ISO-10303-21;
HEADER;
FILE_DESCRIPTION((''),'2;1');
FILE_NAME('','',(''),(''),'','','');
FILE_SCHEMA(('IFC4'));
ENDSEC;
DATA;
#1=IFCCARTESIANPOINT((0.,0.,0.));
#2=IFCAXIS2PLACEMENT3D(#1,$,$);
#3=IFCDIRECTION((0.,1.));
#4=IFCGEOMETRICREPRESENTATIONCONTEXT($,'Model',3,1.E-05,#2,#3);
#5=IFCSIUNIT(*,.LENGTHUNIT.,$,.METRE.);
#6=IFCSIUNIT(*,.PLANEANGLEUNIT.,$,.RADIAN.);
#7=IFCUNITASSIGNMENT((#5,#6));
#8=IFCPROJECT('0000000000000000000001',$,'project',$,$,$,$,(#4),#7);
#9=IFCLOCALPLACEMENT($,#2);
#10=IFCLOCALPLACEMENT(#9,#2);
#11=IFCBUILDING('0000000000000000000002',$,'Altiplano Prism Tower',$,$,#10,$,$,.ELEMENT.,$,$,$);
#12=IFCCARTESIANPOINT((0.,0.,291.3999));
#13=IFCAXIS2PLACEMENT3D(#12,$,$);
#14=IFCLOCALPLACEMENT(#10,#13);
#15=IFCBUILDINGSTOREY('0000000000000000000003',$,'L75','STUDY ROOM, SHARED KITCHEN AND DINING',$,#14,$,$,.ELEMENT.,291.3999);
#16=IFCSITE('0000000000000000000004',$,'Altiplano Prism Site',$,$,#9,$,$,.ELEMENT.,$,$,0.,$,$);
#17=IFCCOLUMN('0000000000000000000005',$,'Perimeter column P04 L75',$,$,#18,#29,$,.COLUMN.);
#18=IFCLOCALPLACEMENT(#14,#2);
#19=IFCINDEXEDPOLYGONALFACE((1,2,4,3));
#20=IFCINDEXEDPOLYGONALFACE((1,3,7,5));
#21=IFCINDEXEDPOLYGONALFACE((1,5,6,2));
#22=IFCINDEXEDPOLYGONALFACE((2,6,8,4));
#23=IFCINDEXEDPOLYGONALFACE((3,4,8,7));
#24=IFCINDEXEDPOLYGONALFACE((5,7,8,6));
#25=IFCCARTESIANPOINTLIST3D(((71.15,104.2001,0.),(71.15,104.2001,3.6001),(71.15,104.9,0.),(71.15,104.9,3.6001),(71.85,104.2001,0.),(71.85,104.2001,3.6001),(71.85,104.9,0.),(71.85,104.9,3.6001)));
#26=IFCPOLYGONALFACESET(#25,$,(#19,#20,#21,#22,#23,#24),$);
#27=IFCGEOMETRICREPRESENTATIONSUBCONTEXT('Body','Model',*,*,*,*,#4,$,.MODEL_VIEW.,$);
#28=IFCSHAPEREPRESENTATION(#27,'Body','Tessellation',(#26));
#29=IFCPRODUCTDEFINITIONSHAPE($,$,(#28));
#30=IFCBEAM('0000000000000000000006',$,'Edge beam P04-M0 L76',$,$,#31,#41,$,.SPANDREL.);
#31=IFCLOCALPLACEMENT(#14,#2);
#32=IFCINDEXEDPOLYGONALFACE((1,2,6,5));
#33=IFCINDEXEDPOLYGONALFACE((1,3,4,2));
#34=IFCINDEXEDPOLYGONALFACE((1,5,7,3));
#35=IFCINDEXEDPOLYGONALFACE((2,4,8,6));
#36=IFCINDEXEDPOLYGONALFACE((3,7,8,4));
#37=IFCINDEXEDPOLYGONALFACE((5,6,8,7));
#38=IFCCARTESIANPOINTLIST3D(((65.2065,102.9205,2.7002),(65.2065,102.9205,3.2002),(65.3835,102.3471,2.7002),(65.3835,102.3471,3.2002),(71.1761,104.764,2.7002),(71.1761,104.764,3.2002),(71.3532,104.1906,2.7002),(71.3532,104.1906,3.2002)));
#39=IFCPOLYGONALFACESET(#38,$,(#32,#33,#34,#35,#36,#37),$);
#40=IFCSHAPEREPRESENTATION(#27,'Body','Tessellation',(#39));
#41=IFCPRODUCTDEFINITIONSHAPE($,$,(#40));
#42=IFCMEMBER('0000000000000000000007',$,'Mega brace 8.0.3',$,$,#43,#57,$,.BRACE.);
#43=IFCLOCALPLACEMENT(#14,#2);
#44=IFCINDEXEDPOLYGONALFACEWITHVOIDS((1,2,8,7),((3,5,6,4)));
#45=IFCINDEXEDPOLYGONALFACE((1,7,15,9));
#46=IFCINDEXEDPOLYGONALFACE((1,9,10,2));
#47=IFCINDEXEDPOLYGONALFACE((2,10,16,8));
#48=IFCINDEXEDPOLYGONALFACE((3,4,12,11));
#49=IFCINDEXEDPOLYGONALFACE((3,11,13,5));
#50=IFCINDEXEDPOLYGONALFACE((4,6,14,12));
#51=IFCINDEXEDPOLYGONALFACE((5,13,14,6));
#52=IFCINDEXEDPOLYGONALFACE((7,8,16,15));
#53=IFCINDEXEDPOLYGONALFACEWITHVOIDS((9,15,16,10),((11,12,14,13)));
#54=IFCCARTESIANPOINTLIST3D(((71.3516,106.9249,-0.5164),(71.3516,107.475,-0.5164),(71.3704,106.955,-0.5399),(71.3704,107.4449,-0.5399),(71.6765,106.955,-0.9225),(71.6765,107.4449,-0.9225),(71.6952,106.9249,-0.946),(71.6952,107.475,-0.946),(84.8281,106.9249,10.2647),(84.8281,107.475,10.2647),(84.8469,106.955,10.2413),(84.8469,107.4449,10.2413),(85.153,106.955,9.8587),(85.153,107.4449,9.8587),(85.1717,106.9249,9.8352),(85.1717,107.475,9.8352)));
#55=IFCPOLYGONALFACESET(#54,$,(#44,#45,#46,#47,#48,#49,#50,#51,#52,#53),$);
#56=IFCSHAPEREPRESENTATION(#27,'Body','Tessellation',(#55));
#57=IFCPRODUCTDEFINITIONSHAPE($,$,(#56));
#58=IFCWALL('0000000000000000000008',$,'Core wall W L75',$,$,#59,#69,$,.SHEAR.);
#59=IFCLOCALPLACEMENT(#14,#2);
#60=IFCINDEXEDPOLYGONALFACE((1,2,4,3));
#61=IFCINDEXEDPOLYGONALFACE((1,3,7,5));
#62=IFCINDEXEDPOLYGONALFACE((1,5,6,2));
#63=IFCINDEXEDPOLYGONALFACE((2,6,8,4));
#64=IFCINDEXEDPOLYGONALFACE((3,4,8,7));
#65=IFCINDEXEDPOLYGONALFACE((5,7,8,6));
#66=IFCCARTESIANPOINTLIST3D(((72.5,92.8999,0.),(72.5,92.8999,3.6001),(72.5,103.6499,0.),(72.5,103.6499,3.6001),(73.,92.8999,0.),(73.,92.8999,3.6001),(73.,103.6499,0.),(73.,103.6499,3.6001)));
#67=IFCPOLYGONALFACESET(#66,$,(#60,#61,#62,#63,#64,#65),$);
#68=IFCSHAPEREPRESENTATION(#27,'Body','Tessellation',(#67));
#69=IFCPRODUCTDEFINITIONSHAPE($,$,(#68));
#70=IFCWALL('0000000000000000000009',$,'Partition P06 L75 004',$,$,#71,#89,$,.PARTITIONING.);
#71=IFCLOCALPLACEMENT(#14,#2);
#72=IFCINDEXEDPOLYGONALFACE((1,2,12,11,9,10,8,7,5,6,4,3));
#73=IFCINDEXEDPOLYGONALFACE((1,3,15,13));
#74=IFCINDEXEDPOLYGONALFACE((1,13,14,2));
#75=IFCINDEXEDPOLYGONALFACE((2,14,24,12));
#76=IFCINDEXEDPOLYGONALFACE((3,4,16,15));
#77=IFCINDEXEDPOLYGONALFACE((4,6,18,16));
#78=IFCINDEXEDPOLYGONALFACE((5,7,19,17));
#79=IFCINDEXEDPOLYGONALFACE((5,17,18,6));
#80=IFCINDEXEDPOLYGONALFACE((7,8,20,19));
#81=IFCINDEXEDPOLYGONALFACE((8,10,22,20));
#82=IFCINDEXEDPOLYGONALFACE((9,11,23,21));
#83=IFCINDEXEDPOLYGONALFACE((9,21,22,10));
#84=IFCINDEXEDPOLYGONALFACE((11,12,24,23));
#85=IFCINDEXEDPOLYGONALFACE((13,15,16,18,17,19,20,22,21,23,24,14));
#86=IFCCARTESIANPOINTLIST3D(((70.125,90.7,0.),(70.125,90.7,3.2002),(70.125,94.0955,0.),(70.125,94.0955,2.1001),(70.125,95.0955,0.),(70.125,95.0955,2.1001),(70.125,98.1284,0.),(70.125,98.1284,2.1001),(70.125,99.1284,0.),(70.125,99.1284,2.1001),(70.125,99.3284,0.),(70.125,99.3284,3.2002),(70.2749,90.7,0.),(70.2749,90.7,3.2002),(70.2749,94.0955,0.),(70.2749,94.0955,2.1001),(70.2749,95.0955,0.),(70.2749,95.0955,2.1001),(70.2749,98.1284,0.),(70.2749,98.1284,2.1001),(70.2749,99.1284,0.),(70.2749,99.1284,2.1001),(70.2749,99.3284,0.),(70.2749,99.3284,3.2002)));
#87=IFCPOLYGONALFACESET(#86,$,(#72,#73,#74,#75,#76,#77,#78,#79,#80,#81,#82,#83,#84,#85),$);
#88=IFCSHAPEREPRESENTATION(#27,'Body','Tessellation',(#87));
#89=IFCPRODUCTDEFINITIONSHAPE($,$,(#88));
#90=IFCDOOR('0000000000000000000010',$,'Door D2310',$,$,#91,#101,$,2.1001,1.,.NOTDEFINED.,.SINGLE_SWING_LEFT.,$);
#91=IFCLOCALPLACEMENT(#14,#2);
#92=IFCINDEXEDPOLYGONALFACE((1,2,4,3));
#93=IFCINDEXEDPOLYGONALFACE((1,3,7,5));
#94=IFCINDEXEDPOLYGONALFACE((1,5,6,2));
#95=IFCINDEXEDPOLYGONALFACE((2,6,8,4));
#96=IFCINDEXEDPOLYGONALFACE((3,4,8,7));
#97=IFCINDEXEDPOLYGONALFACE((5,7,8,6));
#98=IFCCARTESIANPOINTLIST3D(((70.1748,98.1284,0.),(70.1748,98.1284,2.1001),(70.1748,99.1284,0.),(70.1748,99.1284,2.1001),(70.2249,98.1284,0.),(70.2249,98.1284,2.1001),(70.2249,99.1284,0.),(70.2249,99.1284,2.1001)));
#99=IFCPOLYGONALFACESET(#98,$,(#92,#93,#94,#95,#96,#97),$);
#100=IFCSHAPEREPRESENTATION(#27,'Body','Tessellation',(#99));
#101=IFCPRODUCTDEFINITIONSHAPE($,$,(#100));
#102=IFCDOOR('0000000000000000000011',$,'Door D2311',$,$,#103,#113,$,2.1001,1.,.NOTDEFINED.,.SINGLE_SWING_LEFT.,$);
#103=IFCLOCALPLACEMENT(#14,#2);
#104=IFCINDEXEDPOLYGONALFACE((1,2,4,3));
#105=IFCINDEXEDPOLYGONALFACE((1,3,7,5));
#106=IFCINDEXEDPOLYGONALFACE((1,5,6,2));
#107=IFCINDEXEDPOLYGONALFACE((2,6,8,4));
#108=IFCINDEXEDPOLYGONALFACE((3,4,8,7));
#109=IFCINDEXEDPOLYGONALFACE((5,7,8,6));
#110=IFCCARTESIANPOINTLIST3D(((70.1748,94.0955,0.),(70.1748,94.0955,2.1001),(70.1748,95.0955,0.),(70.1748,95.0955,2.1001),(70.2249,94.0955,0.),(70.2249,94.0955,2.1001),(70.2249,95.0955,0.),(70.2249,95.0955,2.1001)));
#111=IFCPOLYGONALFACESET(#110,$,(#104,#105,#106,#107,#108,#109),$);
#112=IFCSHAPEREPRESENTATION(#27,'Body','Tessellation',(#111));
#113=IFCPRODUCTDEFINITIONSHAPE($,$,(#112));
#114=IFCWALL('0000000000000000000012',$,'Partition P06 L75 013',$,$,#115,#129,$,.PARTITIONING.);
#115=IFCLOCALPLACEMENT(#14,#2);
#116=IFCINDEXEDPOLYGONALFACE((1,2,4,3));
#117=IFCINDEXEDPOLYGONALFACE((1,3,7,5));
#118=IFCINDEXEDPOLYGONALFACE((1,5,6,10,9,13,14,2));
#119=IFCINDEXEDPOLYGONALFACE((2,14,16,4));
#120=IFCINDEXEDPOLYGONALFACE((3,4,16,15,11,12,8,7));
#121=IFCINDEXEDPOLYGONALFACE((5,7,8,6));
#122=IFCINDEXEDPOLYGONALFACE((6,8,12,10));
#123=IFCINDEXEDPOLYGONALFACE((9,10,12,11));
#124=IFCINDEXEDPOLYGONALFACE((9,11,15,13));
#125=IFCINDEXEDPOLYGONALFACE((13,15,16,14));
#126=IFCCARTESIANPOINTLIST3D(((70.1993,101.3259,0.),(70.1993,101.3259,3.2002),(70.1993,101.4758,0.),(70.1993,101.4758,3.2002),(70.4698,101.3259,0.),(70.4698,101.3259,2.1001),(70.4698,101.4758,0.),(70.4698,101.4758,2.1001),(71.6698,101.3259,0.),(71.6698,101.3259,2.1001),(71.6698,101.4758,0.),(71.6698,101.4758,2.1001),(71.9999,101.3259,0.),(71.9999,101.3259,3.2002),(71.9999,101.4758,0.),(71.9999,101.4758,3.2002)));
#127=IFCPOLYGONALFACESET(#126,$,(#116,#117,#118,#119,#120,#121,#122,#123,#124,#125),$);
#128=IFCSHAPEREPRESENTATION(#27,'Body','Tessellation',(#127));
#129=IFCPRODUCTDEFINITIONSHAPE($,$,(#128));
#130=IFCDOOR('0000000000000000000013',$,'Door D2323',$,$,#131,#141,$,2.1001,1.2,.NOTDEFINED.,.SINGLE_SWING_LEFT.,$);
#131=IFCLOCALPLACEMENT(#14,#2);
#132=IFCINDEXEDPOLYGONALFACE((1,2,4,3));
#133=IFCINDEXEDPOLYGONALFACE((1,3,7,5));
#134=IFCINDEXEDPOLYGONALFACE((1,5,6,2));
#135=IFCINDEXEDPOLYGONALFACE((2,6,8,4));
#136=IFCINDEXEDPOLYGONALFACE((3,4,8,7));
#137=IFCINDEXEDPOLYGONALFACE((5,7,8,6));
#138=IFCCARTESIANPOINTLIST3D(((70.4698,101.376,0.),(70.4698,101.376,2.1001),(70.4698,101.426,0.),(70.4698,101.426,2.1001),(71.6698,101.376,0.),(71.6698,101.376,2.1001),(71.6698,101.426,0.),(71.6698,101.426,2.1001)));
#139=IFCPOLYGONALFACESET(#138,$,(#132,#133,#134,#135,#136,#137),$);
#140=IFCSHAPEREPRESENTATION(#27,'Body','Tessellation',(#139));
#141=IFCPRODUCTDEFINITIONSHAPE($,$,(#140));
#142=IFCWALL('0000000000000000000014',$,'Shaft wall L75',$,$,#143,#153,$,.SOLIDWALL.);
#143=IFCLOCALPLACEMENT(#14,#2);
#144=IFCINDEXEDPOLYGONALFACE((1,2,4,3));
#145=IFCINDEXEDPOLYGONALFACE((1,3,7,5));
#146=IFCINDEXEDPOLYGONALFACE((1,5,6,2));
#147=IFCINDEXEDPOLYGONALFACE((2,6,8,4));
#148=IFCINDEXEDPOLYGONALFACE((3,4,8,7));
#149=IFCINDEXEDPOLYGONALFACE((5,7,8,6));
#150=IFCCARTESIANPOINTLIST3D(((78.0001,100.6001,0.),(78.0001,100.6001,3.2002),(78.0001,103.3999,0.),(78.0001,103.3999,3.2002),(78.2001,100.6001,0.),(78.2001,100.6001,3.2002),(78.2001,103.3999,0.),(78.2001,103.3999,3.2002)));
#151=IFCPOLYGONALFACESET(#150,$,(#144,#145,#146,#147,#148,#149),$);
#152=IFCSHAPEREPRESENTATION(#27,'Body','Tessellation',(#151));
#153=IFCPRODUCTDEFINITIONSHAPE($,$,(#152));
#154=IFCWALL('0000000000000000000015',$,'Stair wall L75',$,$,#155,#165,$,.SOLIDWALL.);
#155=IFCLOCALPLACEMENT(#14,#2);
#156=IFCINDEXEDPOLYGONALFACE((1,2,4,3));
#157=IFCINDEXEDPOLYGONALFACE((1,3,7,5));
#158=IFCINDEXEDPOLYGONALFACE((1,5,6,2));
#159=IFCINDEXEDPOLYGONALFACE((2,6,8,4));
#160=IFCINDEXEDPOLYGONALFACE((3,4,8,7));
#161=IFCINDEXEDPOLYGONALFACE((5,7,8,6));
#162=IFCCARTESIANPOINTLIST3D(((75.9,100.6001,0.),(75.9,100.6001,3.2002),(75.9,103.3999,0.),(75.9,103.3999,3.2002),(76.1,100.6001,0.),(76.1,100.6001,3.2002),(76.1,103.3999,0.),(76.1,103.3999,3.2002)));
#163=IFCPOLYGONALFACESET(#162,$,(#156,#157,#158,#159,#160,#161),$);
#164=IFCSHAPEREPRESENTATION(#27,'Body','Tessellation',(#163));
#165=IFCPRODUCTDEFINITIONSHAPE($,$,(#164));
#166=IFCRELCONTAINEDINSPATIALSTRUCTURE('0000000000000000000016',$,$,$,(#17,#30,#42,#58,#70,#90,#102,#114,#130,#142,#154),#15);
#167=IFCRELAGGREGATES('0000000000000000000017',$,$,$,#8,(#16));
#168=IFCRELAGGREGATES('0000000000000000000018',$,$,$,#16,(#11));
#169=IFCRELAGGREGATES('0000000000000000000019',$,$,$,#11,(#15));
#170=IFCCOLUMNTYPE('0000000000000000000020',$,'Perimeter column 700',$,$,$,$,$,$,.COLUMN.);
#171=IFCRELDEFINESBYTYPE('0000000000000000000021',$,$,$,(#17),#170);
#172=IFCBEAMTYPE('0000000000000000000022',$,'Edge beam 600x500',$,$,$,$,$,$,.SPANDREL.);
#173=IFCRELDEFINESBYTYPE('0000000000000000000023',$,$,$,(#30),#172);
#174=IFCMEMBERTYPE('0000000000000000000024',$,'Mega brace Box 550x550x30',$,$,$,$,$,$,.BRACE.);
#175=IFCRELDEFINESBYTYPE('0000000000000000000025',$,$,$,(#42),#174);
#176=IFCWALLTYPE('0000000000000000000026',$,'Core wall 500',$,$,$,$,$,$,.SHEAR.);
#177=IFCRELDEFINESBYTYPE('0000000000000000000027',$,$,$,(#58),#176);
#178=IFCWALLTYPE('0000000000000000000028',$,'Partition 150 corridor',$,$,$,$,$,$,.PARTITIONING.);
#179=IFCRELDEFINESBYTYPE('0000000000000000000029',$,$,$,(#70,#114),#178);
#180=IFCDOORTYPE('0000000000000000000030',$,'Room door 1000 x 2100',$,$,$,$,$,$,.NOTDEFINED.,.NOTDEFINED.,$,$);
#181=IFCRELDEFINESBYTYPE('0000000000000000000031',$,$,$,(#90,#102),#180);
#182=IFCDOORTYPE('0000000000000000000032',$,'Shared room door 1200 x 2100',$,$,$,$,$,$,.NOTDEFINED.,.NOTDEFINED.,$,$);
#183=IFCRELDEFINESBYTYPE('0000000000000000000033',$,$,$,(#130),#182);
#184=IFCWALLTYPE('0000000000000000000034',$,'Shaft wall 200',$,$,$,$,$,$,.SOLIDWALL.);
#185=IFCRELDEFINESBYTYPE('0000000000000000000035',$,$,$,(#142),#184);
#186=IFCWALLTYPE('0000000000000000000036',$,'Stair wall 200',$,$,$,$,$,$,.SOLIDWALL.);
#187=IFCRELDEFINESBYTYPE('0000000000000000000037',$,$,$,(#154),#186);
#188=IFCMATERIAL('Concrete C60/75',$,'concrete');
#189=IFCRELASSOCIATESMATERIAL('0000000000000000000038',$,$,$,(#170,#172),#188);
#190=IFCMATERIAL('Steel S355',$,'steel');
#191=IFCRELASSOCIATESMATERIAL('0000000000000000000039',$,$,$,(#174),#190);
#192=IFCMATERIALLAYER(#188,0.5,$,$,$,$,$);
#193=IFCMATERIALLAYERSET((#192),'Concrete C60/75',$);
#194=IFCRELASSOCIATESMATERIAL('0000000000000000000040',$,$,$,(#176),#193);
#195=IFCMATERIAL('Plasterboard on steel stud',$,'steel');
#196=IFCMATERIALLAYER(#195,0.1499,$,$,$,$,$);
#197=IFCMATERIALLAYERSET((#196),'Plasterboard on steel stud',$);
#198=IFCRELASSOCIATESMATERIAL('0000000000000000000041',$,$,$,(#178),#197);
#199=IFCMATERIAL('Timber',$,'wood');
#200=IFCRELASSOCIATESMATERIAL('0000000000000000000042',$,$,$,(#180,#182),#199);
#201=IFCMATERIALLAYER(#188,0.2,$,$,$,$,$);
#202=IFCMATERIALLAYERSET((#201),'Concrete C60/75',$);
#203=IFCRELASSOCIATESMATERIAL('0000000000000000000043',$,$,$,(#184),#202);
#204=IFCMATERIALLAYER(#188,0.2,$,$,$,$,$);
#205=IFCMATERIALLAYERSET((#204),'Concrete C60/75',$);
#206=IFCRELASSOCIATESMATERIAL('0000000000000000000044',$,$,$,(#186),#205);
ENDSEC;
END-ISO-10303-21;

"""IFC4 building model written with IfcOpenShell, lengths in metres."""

from ifc_helpers import new_model, si_unit, direction, frame, frame_2d, origin, origin_2d, place, context, subcontext, project, spatial, rectangle, hollow_rectangle, extrude, material, layer, layer_set, material_profile, profile_set, type_object, element, fill, save


model = new_model("IFC4")

# Units and contexts
model_context = context("Model", 3, precision=1e-05, world=origin(), true_north=direction((0.0, 1.0)))
body_context = subcontext(model_context, "Body", "Model", "MODEL_VIEW")
ifc_project = project(units=[si_unit("LENGTHUNIT", "METRE"), si_unit("PLANEANGLEUNIT", "RADIAN")], contexts=[model_context])

# Site, building, storey
site_placement = place(None, origin())
site = spatial("IfcSite", under=ifc_project, at=site_placement, Name="Altiplano Prism Site", CompositionType="ELEMENT", RefElevation=0.0)
building_placement = place(site_placement, origin())
building = spatial("IfcBuilding", under=site, at=building_placement, Name="Altiplano Prism Tower", CompositionType="ELEMENT")
storey_placement = place(building_placement, frame((0.0, 0.0, 291.3999)))
storey = spatial("IfcBuildingStorey", under=building, at=storey_placement, Name="L75", Description="STUDY ROOM, SHARED KITCHEN AND DINING", CompositionType="ELEMENT", Elevation=291.3999)

# Column
ifc_material_1 = material(Name="Concrete C60/75", Category="concrete")
ifc_material_profile_1 = material_profile(ifc_material_1, rectangle(XDim=0.7, YDim=0.7, at=origin_2d()), Name="Perimeter column 700")
ifc_profile_set_1 = profile_set([ifc_material_profile_1], Name="Concrete C60/75")
column_type = type_object("IfcColumnType", Name="Perimeter column 700", PredefinedType="COLUMN", material=ifc_profile_set_1)
column_placement = place(storey_placement, frame((71.5, 104.55, 0.0), z_axis=(0.0, 0.0, 1.0), x_axis=(1.0, 0.0, 0.0)))
element("IfcColumn", 1, at=column_placement, inside=storey, type_object=column_type, Name="Perimeter column P04 L75", PredefinedType="COLUMN", context=body_context, shape_type="SweptSolid", body=[
    extrude(rectangle(XDim=0.7, YDim=0.7, at=origin_2d()), origin(), (0.0, 0.0, 1.0), 3.6001),
])

# Beam
ifc_material_profile_2 = material_profile(ifc_material_1, rectangle(XDim=0.6001, YDim=0.5, at=origin_2d()), Name="Edge beam 600x500")
ifc_profile_set_2 = profile_set([ifc_material_profile_2], Name="Concrete C60/75")
beam_type = type_object("IfcBeamType", Name="Edge beam 600x500", PredefinedType="SPANDREL", material=ifc_profile_set_2)
beam_placement = place(storey_placement, frame((71.2646, 104.4773, 2.9502), z_axis=(-0.955479, -0.29506, 0.0), x_axis=(0.29506, -0.955479, 0.0)))
element("IfcBeam", 2, at=beam_placement, inside=storey, type_object=beam_type, Name="Edge beam P04-M0 L76", PredefinedType="SPANDREL", context=body_context, shape_type="SweptSolid", body=[
    extrude(rectangle(XDim=0.6001, YDim=0.5, at=origin_2d()), origin(), (0.0, 0.0, 1.0), 6.2478),
])

# Member
ifc_material_2 = material(Name="Steel S355", Category="steel")
ifc_material_profile_3 = material_profile(ifc_material_2, hollow_rectangle(XDim=0.55, YDim=0.55, WallThickness=0.03, at=origin_2d()), Name="Mega brace Box 550x550x30")
ifc_profile_set_3 = profile_set([ifc_material_profile_3], Name="Steel S355")
member_type = type_object("IfcMemberType", Name="Mega brace Box 550x550x30", PredefinedType="BRACE", material=ifc_profile_set_3)
member_placement = place(storey_placement, frame((71.5234, 107.2, -0.7312), z_axis=(0.780869, 0.0, 0.624695), x_axis=(0.0, 1.0, 0.0)))
element("IfcMember", 3, at=member_placement, inside=storey, type_object=member_type, Name="Mega brace 8.0.3", PredefinedType="BRACE", context=body_context, shape_type="SweptSolid", body=[
    extrude(hollow_rectangle(XDim=0.55, YDim=0.55, WallThickness=0.03, at=origin_2d()), origin(), (0.0, 0.0, 1.0), 17.2583),
])

# Wall
ifc_layer_1 = layer(ifc_material_1, 0.5)
ifc_layer_set_1 = layer_set([ifc_layer_1], Name="Concrete C60/75")
wall_type_1 = type_object("IfcWallType", Name="Core wall 500", PredefinedType="SHEAR", material=ifc_layer_set_1)
wall_1_placement = place(storey_placement, frame((72.75, 103.6499, 0.0), z_axis=(0.0, 0.0, 1.0), x_axis=(0.0, -1.0, 0.0)))
element("IfcWall", 4, at=wall_1_placement, inside=storey, type_object=wall_type_1, Name="Core wall W L75", PredefinedType="SHEAR", context=body_context, shape_type="SweptSolid", body=[
    extrude(rectangle(XDim=10.75, YDim=0.5, at=frame_2d((5.375, 0.0))), origin(), (0.0, 0.0, 1.0), 3.6001),
])

# Wall, openings, doors
ifc_material_3 = material(Name="Plasterboard on steel stud", Category="steel")
ifc_layer_2 = layer(ifc_material_3, 0.1499)
ifc_layer_set_2 = layer_set([ifc_layer_2], Name="Plasterboard on steel stud")
wall_type_2 = type_object("IfcWallType", Name="Partition 150 corridor", PredefinedType="PARTITIONING", material=ifc_layer_set_2)
wall_2_placement = place(storey_placement, frame((70.2, 99.3284, 0.0), z_axis=(0.0, 0.0, 1.0), x_axis=(0.0, -1.0, 0.0)))
wall_2 = element("IfcWall", 5, at=wall_2_placement, inside=storey, type_object=wall_type_2, Name="Partition P06 L75 004", PredefinedType="PARTITIONING", context=body_context, shape_type="SweptSolid", body=[
    extrude(rectangle(XDim=8.6284, YDim=0.1499, at=frame_2d((4.3142, 0.0))), origin(), (0.0, 0.0, 1.0), 3.2002),
])
opening_1_placement = place(wall_2_placement, frame((0.2, 0.0, 0.0)))
opening_1 = element("IfcOpeningElement", 6, at=opening_1_placement, cuts=wall_2, PredefinedType="OPENING", context=body_context, shape_type="SweptSolid", body=[
    extrude(rectangle(XDim=1.0, YDim=2.1001, at=frame_2d((0.5, 1.05))), frame((0.0, 0.0854, 0.0), z_axis=(0.0, -1.0, 0.0), x_axis=(1.0, 0.0, 0.0)), (0.0, 0.0, 1.0), 0.1709),
])
opening_2_placement = place(wall_2_placement, frame((4.2329, 0.0, 0.0)))
opening_2 = element("IfcOpeningElement", 7, at=opening_2_placement, cuts=wall_2, PredefinedType="OPENING", context=body_context, shape_type="SweptSolid", body=[
    extrude(rectangle(XDim=1.0, YDim=2.1001, at=frame_2d((0.5, 1.05))), frame((0.0, 0.0854, 0.0), z_axis=(0.0, -1.0, 0.0), x_axis=(1.0, 0.0, 0.0)), (0.0, 0.0, 1.0), 0.1709),
])
ifc_material_4 = material(Name="Timber", Category="wood")
door_type_1 = type_object("IfcDoorType", Name="Room door 1000 x 2100", OperationType="NOTDEFINED", PredefinedType="NOTDEFINED", material=ifc_material_4)
door_1_placement = place(opening_1_placement, origin())
door_1 = element("IfcDoor", 8, at=door_1_placement, inside=storey, type_object=door_type_1, Name="Door D2310", OperationType="SINGLE_SWING_LEFT", OverallHeight=2.1001, OverallWidth=1.0, PredefinedType="NOTDEFINED", context=body_context, shape_type="SweptSolid", body=[
    extrude(rectangle(XDim=1.0, YDim=2.1001, at=frame_2d((0.5, 1.05))), frame((0.0, 0.0249, 0.0), z_axis=(0.0, -1.0, 0.0), x_axis=(1.0, 0.0, 0.0)), (0.0, 0.0, 1.0), 0.05),
])
fill(opening_1, door_1)
door_2_placement = place(opening_2_placement, origin())
door_2 = element("IfcDoor", 9, at=door_2_placement, inside=storey, type_object=door_type_1, Name="Door D2311", OperationType="SINGLE_SWING_LEFT", OverallHeight=2.1001, OverallWidth=1.0, PredefinedType="NOTDEFINED", context=body_context, shape_type="SweptSolid", body=[
    extrude(rectangle(XDim=1.0, YDim=2.1001, at=frame_2d((0.5, 1.05))), frame((0.0, 0.0249, 0.0), z_axis=(0.0, -1.0, 0.0), x_axis=(1.0, 0.0, 0.0)), (0.0, 0.0, 1.0), 0.05),
])
fill(opening_2, door_2)

# Wall, opening, door
wall_3_placement = place(storey_placement, frame((72.0, 101.4009, 0.0), z_axis=(0.0, 0.0, 1.0), x_axis=(-1.0, 0.0, 0.0)))
wall_3 = element("IfcWall", 10, at=wall_3_placement, inside=storey, type_object=wall_type_2, Name="Partition P06 L75 013", PredefinedType="PARTITIONING", context=body_context, shape_type="SweptSolid", body=[
    extrude(rectangle(XDim=1.8005, YDim=0.1499, at=frame_2d((0.9004, 0.0))), origin(), (0.0, 0.0, 1.0), 3.2002),
])
opening_3_placement = place(wall_3_placement, frame((0.3301, 0.0, 0.0)))
opening_3 = element("IfcOpeningElement", 11, at=opening_3_placement, cuts=wall_3, PredefinedType="OPENING", context=body_context, shape_type="SweptSolid", body=[
    extrude(rectangle(XDim=1.2, YDim=2.1001, at=frame_2d((0.6001, 1.05))), frame((0.0, 0.0854, 0.0), z_axis=(0.0, -1.0, 0.0), x_axis=(1.0, 0.0, 0.0)), (0.0, 0.0, 1.0), 0.1709),
])
door_type_2 = type_object("IfcDoorType", Name="Shared room door 1200 x 2100", OperationType="NOTDEFINED", PredefinedType="NOTDEFINED", material=ifc_material_4)
door_3_placement = place(opening_3_placement, origin())
door_3 = element("IfcDoor", 12, at=door_3_placement, inside=storey, type_object=door_type_2, Name="Door D2323", OperationType="SINGLE_SWING_LEFT", OverallHeight=2.1001, OverallWidth=1.2, PredefinedType="NOTDEFINED", context=body_context, shape_type="SweptSolid", body=[
    extrude(rectangle(XDim=1.2, YDim=2.1001, at=frame_2d((0.6001, 1.05))), frame((0.0, 0.0249, 0.0), z_axis=(0.0, -1.0, 0.0), x_axis=(1.0, 0.0, 0.0)), (0.0, 0.0, 1.0), 0.05),
])
fill(opening_3, door_3)

# Wall
ifc_layer_3 = layer(ifc_material_1, 0.2)
ifc_layer_set_3 = layer_set([ifc_layer_3], Name="Concrete C60/75")
wall_type_3 = type_object("IfcWallType", Name="Shaft wall 200", PredefinedType="SOLIDWALL", material=ifc_layer_set_3)
wall_4_placement = place(storey_placement, frame((78.1001, 100.6001, 0.0), z_axis=(0.0, 0.0, 1.0), x_axis=(0.0, 1.0, 0.0)))
element("IfcWall", 13, at=wall_4_placement, inside=storey, type_object=wall_type_3, Name="Shaft wall L75", PredefinedType="SOLIDWALL", context=body_context, shape_type="SweptSolid", body=[
    extrude(rectangle(XDim=2.7998, YDim=0.2, at=frame_2d((1.3999, 0.0))), origin(), (0.0, 0.0, 1.0), 3.2002),
])

# Shared definitions
ifc_layer_4 = layer(ifc_material_1, 0.2)
ifc_layer_set_4 = layer_set([ifc_layer_4], Name="Concrete C60/75")
wall_type_4 = type_object("IfcWallType", Name="Stair wall 200", PredefinedType="SOLIDWALL", material=ifc_layer_set_4)

# Wall
wall_5_placement = place(storey_placement, frame((76.0, 100.6001, 0.0), z_axis=(0.0, 0.0, 1.0), x_axis=(0.0, 1.0, 0.0)))
element("IfcWall", 14, at=wall_5_placement, inside=storey, type_object=wall_type_4, Name="Stair wall L75", PredefinedType="SOLIDWALL", context=body_context, shape_type="SweptSolid", body=[
    extrude(rectangle(XDim=2.7998, YDim=0.2, at=frame_2d((1.3999, 0.0))), origin(), (0.0, 0.0, 1.0), 3.2002),
])

save(model, "model.ifc")
